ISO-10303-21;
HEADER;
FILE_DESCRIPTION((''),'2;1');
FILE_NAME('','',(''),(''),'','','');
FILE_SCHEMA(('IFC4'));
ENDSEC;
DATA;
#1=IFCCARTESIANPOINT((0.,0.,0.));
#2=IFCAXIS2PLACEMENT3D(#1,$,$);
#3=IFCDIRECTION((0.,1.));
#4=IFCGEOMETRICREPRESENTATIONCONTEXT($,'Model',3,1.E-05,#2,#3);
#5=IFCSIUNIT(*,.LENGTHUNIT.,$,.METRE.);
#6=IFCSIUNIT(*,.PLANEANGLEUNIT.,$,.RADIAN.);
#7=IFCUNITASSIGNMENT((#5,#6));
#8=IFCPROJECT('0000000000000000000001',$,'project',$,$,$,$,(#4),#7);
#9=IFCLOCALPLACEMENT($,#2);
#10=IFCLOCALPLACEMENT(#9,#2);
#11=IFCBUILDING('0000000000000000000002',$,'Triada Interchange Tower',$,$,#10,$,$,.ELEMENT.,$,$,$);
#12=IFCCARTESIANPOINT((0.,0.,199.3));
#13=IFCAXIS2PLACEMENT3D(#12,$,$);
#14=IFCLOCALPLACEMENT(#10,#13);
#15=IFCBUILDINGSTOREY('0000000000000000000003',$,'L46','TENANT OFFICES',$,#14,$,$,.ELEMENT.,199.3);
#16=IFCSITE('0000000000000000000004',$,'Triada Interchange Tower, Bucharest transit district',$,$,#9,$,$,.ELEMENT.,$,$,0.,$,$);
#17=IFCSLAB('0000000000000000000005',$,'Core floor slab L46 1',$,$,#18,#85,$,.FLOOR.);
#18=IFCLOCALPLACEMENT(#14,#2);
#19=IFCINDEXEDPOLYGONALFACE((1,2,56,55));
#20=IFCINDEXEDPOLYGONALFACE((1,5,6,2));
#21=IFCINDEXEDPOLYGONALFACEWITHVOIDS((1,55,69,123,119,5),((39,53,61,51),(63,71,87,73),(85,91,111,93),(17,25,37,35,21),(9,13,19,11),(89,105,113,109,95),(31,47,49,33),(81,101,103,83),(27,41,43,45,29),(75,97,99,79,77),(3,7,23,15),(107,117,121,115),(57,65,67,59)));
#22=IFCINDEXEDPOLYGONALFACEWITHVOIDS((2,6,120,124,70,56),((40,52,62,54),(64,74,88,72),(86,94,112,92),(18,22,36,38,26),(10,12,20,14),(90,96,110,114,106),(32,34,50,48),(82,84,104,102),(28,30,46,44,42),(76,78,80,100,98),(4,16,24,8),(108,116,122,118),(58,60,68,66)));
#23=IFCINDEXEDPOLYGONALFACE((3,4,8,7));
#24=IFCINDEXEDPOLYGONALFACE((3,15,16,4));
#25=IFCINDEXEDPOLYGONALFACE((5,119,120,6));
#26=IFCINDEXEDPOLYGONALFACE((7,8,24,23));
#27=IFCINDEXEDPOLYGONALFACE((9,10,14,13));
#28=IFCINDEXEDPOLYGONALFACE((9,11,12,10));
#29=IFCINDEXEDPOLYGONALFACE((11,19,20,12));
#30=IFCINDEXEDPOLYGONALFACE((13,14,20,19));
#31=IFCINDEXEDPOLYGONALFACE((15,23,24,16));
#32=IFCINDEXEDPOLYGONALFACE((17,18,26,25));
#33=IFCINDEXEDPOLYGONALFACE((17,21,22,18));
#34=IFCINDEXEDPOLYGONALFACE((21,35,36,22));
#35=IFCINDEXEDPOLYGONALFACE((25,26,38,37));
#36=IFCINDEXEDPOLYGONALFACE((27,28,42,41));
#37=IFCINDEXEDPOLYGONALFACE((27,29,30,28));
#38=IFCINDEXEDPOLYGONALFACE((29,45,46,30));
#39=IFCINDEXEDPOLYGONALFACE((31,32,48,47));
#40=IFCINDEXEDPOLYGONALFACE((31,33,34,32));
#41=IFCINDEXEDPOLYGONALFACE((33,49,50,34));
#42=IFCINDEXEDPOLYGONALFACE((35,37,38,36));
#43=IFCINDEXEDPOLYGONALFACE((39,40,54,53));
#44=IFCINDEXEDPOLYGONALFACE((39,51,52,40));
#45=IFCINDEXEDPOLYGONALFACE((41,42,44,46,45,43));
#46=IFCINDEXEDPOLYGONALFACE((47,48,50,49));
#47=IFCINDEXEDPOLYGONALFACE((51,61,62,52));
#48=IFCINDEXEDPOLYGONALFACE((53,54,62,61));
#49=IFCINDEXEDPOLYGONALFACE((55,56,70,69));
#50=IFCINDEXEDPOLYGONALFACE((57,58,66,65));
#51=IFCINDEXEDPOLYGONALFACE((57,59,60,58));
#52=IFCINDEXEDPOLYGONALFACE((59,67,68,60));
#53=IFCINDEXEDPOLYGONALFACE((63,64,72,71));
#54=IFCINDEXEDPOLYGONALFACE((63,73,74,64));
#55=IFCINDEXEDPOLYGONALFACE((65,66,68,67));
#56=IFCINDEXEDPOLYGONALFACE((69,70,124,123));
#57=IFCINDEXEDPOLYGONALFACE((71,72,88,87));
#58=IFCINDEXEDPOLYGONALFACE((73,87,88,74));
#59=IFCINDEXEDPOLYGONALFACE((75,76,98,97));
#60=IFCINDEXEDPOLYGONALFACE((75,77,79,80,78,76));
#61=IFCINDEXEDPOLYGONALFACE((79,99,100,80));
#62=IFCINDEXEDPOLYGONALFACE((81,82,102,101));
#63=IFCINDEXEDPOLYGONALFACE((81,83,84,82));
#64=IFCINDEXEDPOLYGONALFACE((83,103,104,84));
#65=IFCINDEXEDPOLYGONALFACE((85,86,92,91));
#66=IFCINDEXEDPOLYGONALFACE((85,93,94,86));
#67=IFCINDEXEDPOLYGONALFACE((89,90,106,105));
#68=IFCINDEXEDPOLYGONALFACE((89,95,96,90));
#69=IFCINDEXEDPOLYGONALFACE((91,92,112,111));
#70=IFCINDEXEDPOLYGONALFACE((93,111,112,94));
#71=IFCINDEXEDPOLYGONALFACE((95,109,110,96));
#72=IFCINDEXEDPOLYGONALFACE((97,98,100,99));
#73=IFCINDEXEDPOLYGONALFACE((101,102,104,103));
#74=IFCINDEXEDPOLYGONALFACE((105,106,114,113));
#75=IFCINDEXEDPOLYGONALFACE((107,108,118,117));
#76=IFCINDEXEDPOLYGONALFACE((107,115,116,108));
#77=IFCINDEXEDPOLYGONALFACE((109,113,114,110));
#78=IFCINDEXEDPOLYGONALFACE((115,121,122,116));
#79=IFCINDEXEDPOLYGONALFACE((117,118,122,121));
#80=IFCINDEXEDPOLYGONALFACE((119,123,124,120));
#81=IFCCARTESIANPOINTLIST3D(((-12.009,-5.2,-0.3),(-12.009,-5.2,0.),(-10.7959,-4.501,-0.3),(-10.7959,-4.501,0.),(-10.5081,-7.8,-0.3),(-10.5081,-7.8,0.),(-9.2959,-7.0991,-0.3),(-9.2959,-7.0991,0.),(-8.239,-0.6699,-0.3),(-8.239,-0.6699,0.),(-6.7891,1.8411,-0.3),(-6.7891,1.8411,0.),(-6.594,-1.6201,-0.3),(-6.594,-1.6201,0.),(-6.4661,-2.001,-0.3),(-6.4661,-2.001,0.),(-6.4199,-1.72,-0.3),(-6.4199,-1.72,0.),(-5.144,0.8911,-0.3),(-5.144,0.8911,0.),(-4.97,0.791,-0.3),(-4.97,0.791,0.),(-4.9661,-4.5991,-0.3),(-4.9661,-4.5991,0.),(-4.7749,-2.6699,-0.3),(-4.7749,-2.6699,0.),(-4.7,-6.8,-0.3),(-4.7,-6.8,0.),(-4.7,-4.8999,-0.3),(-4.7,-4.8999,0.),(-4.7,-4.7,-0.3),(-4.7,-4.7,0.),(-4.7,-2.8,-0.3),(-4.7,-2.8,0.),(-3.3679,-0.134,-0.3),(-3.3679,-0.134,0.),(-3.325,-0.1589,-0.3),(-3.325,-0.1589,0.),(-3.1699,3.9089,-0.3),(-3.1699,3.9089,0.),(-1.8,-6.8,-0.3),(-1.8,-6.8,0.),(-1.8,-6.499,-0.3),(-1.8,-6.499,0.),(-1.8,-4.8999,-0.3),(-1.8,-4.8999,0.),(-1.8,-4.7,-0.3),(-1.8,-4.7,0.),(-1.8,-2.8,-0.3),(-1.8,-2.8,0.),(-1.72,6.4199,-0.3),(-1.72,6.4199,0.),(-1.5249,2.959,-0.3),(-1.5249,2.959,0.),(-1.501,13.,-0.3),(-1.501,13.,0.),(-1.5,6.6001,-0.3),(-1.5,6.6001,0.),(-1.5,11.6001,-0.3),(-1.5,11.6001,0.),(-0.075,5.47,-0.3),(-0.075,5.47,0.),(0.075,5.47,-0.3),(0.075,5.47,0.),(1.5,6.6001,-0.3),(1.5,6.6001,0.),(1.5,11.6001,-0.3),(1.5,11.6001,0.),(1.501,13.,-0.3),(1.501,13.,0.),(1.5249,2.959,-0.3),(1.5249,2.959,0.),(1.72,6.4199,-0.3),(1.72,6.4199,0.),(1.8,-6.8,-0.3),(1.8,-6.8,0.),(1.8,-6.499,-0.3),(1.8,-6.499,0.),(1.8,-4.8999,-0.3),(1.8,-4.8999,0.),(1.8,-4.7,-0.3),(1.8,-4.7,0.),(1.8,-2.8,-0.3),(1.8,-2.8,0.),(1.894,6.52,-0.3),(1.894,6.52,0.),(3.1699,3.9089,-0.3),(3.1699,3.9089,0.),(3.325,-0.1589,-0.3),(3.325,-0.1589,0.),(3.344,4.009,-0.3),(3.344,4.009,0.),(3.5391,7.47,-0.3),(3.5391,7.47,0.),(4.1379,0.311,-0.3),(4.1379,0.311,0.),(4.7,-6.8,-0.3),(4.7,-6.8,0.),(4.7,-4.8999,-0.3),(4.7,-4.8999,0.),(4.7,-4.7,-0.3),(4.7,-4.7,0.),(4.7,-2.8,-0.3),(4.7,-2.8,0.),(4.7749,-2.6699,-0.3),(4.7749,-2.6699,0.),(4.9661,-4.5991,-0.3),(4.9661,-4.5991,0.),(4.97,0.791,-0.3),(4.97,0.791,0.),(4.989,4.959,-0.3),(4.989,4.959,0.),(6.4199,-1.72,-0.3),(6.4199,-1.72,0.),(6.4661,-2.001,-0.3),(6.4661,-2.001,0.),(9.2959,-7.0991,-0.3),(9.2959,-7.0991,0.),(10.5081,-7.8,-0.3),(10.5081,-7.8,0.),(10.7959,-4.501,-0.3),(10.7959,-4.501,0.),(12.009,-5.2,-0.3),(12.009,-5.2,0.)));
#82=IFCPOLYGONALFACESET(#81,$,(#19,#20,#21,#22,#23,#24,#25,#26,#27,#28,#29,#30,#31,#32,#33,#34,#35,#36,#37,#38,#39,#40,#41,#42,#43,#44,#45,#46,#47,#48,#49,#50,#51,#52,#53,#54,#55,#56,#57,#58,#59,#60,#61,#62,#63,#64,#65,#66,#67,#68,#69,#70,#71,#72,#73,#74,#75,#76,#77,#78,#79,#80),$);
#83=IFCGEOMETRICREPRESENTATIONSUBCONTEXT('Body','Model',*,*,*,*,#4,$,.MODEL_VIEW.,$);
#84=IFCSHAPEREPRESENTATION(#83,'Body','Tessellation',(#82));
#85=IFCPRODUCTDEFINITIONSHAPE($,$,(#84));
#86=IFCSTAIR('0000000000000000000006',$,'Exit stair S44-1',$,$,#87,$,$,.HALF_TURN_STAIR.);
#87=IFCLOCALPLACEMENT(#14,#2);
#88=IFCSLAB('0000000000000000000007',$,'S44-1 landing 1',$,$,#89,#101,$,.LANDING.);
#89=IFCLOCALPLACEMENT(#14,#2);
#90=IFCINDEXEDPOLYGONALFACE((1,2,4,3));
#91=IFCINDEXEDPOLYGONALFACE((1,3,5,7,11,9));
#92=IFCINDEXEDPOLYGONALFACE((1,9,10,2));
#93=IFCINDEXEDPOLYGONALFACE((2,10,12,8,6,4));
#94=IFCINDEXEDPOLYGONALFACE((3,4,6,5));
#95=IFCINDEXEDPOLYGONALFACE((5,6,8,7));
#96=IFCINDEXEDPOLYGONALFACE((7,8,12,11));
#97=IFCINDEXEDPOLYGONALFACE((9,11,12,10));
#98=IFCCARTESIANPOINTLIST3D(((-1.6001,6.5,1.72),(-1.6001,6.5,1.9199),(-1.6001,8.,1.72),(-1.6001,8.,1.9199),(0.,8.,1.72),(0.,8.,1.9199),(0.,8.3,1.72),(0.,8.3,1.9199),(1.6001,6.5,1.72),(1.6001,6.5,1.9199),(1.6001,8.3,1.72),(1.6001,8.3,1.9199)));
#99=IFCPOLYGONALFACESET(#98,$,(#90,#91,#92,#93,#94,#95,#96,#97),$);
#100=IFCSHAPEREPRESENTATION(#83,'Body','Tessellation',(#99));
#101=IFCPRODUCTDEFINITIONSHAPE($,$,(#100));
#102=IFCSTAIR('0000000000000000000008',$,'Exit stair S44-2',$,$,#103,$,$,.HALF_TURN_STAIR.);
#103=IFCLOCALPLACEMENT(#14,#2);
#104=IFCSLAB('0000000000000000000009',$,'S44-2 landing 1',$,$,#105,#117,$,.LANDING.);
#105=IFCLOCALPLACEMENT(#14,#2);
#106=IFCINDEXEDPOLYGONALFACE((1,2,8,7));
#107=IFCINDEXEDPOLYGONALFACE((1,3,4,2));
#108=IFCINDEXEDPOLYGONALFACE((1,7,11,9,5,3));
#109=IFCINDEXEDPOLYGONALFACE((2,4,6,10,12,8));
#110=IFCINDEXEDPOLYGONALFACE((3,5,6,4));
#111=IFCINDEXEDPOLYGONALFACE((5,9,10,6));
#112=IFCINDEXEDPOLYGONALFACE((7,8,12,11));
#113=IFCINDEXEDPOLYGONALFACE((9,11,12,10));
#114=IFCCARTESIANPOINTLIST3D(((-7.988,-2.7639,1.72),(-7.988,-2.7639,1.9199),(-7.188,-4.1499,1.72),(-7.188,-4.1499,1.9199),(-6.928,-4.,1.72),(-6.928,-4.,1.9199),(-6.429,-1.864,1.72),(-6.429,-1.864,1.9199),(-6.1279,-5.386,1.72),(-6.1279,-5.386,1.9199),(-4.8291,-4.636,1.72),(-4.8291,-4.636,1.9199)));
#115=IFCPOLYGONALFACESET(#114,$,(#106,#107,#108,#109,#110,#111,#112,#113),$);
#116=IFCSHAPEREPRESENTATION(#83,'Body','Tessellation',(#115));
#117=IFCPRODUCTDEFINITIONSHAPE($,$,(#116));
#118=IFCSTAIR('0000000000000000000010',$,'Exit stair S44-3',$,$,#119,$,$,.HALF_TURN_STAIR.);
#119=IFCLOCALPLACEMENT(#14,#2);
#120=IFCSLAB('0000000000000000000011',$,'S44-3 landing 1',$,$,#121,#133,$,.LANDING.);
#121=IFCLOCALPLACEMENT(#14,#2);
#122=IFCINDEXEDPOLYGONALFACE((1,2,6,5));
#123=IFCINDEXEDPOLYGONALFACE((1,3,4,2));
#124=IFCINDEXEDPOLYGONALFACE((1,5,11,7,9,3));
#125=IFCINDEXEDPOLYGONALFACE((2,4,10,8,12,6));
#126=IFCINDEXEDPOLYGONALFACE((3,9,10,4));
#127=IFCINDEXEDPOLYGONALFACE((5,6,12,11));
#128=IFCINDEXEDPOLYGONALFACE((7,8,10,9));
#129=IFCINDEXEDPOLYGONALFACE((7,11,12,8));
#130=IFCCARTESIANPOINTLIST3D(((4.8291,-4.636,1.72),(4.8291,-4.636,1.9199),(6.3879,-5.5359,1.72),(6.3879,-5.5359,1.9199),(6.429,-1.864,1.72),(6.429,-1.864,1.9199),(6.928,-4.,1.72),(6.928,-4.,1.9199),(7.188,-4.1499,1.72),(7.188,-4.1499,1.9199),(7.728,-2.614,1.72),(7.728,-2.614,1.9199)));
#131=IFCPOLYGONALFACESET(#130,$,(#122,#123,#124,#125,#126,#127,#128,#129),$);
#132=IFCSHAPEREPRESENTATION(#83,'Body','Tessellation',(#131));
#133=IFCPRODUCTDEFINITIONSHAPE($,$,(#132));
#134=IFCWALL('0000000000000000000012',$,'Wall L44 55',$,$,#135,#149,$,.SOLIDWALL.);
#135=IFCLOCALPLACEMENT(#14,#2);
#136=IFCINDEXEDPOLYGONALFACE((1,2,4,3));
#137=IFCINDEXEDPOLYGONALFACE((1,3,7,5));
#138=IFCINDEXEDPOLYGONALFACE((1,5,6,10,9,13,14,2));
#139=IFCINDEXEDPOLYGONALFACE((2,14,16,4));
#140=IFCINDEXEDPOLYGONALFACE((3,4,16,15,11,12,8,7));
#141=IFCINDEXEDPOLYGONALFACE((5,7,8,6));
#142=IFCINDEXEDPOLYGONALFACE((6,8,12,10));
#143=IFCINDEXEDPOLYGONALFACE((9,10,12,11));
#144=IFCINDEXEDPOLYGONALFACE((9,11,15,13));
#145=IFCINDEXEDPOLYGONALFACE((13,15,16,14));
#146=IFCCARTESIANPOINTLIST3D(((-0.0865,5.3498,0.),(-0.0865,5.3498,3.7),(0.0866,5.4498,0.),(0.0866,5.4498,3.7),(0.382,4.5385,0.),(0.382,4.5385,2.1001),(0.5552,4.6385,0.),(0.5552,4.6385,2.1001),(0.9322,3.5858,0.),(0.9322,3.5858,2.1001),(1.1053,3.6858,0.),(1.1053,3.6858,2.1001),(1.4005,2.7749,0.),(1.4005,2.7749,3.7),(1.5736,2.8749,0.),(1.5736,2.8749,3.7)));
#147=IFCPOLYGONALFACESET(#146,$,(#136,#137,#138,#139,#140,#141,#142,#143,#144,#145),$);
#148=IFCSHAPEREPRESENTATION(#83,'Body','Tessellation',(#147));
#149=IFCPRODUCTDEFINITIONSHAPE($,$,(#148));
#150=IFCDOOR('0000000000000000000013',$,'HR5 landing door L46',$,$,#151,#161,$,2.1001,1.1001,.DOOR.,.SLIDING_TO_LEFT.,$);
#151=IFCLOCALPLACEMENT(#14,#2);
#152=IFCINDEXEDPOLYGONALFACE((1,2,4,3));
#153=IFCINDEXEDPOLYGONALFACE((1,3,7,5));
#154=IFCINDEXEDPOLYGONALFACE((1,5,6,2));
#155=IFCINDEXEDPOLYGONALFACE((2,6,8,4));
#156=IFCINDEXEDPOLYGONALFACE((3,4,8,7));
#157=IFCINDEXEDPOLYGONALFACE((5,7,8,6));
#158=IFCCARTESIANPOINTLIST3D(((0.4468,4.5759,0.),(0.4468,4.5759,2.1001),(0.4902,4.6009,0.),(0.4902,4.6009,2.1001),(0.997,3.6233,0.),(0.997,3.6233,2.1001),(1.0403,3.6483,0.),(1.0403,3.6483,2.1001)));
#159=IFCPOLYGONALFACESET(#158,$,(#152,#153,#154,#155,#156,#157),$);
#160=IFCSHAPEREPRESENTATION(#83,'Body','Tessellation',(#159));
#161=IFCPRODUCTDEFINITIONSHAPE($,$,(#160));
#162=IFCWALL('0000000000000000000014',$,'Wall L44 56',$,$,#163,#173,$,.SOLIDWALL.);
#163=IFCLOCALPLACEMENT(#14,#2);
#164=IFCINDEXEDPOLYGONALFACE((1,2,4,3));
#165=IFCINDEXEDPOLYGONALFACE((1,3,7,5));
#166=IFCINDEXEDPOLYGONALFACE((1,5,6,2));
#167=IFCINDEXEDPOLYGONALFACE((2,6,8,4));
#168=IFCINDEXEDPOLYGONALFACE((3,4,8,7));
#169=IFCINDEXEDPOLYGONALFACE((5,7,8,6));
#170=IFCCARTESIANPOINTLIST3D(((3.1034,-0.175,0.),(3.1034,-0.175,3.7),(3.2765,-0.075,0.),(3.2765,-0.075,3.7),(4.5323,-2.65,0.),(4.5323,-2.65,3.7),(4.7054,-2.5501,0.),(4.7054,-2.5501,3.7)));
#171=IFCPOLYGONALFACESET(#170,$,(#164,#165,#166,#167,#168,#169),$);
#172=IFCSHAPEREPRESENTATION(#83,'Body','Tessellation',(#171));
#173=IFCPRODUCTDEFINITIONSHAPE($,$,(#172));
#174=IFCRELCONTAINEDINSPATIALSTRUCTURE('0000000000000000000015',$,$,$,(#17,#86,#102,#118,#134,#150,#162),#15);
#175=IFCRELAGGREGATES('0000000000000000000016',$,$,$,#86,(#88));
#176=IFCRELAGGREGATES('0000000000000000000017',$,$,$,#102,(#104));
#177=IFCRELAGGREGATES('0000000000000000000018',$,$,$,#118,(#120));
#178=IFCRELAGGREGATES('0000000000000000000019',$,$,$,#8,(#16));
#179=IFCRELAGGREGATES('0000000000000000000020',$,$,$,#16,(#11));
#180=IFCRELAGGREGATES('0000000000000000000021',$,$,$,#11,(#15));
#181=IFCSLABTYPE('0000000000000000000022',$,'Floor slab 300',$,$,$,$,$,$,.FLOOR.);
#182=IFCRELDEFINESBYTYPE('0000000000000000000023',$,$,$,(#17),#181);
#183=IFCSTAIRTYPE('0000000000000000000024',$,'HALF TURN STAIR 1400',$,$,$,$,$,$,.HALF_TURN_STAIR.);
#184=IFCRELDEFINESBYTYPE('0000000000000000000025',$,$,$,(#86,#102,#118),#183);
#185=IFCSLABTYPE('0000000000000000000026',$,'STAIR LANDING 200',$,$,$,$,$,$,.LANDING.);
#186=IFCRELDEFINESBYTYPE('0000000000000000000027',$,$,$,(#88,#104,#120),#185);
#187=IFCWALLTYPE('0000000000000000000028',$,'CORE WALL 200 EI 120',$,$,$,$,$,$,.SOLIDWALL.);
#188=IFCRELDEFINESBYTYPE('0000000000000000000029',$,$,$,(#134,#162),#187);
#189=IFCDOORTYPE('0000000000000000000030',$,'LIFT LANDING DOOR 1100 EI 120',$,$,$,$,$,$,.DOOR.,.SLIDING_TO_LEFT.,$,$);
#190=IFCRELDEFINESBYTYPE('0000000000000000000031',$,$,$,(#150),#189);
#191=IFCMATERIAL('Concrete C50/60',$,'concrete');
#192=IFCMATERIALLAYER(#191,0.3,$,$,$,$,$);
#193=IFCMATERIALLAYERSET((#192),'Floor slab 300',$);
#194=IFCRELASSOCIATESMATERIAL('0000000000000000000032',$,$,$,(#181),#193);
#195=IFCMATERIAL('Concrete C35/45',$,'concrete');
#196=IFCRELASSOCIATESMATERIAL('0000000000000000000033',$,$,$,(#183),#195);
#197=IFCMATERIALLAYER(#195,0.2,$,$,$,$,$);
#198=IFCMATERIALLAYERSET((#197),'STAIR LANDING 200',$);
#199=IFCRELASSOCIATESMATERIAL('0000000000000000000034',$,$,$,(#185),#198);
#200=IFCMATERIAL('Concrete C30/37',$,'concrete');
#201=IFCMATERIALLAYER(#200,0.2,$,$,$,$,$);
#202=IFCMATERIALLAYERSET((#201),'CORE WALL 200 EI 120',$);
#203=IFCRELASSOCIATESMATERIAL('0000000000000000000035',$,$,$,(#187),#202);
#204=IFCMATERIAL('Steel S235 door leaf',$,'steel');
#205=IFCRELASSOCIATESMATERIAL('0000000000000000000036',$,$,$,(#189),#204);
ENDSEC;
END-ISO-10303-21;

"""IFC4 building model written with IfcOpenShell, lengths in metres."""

from ifc_helpers import new_model, si_unit, direction, frame, frame_2d, origin, place, context, subcontext, project, spatial, polyline, rectangle, outline, extrude, material, layer, layer_set, type_object, element, fill, aggregate, save


model = new_model("IFC4")

# Units and contexts
model_context = context("Model", 3, precision=1e-05, world=origin(), true_north=direction((0.0, 1.0)))
body_context = subcontext(model_context, "Body", "Model", "MODEL_VIEW")
ifc_project = project(units=[si_unit("LENGTHUNIT", "METRE"), si_unit("PLANEANGLEUNIT", "RADIAN")], contexts=[model_context])

# Site, building, storey
site_placement = place(None, origin())
site = spatial("IfcSite", under=ifc_project, at=site_placement, Name="Triada Interchange Tower, Bucharest transit district", CompositionType="ELEMENT", RefElevation=0.0)
building_placement = place(site_placement, origin())
building = spatial("IfcBuilding", under=site, at=building_placement, Name="Triada Interchange Tower", CompositionType="ELEMENT")
storey_placement = place(building_placement, frame((0.0, 0.0, 199.3)))
storey = spatial("IfcBuildingStorey", under=building, at=storey_placement, Name="L46", Description="TENANT OFFICES", CompositionType="ELEMENT", Elevation=199.3)

# Slab
ifc_material_1 = material(Name="Concrete C50/60", Category="concrete")
ifc_layer_1 = layer(ifc_material_1, 0.3)
ifc_layer_set_1 = layer_set([ifc_layer_1], Name="Floor slab 300")
slab_type_1 = type_object("IfcSlabType", Name="Floor slab 300", PredefinedType="FLOOR", material=ifc_layer_set_1)
slab_1_placement = place(storey_placement, frame((0.0, 0.0, -0.3)))
element("IfcSlab", 1, at=slab_1_placement, inside=storey, type_object=slab_type_1, Name="Core floor slab L46 1", PredefinedType="FLOOR", context=body_context, shape_type="SweptSolid", body=[
    extrude(outline(polyline([(12.009, -5.2), (10.5081, -7.8), (-10.5081, -7.8), (-12.009, -5.2), (-1.501, 13.0), (1.501, 13.0), (12.009, -5.2)]), holes=[polyline([(9.2959, -7.0991), (10.7959, -4.501), (6.4661, -2.001), (4.9661, -4.5991), (9.2959, -7.0991)]), polyline([(4.7749, -2.6699), (6.4199, -1.72), (4.97, 0.791), (4.1379, 0.311), (3.325, -0.1589), (4.7749, -2.6699)]), polyline([(1.894, 6.52), (3.344, 4.009), (4.989, 4.959), (3.5391, 7.47), (1.894, 6.52)]), polyline([(1.8, -4.8999), (1.8, -6.499), (1.8, -6.8), (4.7, -6.8), (4.7, -4.8999), (1.8, -4.8999)]), polyline([(4.7, -2.8), (1.8, -2.8), (1.8, -4.7), (4.7, -4.7), (4.7, -2.8)]), polyline([(0.075, 5.47), (1.5249, 2.959), (3.1699, 3.9089), (1.72, 6.4199), (0.075, 5.47)]), polyline([(-1.5, 11.6001), (-1.5, 6.6001), (1.5, 6.6001), (1.5, 11.6001), (-1.5, 11.6001)]), polyline([(-1.5249, 2.959), (-0.075, 5.47), (-1.72, 6.4199), (-3.1699, 3.9089), (-1.5249, 2.959)]), polyline([(-1.8, -2.8), (-4.7, -2.8), (-4.7, -4.7), (-1.8, -4.7), (-1.8, -2.8)]), polyline([(-4.7, -6.8), (-1.8, -6.8), (-1.8, -6.499), (-1.8, -4.8999), (-4.7, -4.8999), (-4.7, -6.8)]), polyline([(-3.3679, -0.134), (-4.97, 0.791), (-6.4199, -1.72), (-4.7749, -2.6699), (-3.325, -0.1589), (-3.3679, -0.134)]), polyline([(-10.7959, -4.501), (-9.2959, -7.0991), (-4.9661, -4.5991), (-6.4661, -2.001), (-10.7959, -4.501)]), polyline([(-6.594, -1.6201), (-5.144, 0.8911), (-6.7891, 1.8411), (-8.239, -0.6699), (-6.594, -1.6201)])]), origin(), (0.0, 0.0, 1.0), 0.3),
])

# Stairs, slabs
ifc_material_2 = material(Name="Concrete C35/45", Category="concrete")
stair_type = type_object("IfcStairType", Name="HALF TURN STAIR 1400", PredefinedType="HALF_TURN_STAIR", material=ifc_material_2)
stair_1_placement = place(storey_placement, origin())
stair_1 = element("IfcStair", 2, at=stair_1_placement, inside=storey, type_object=stair_type, Name="Exit stair S44-1", PredefinedType="HALF_TURN_STAIR")
ifc_layer_2 = layer(ifc_material_2, 0.2)
ifc_layer_set_2 = layer_set([ifc_layer_2], Name="STAIR LANDING 200")
slab_type_2 = type_object("IfcSlabType", Name="STAIR LANDING 200", PredefinedType="LANDING", material=ifc_layer_set_2)
slab_2_placement = place(storey_placement, frame((0.0, 0.0, 1.72)))
slab_2 = element("IfcSlab", 3, at=slab_2_placement, type_object=slab_type_2, Name="S44-1 landing 1", PredefinedType="LANDING", context=body_context, shape_type="SweptSolid", body=[
    extrude(outline(polyline([(1.6001, 6.5), (1.6001, 8.3), (0.0, 8.3), (0.0, 8.0), (-1.6001, 8.0), (-1.6001, 6.5), (1.6001, 6.5)])), origin(), (0.0, 0.0, 1.0), 0.2),
])
aggregate(stair_1, [slab_2])
stair_2_placement = place(storey_placement, origin())
stair_2 = element("IfcStair", 4, at=stair_2_placement, inside=storey, type_object=stair_type, Name="Exit stair S44-2", PredefinedType="HALF_TURN_STAIR")
slab_3_placement = place(storey_placement, frame((0.0, 0.0, 1.72)))
slab_3 = element("IfcSlab", 5, at=slab_3_placement, type_object=slab_type_2, Name="S44-2 landing 1", PredefinedType="LANDING", context=body_context, shape_type="SweptSolid", body=[
    extrude(outline(polyline([(-6.429, -1.864), (-7.988, -2.7639), (-7.188, -4.1499), (-6.928, -4.0), (-6.1279, -5.386), (-4.8291, -4.636), (-6.429, -1.864)])), origin(), (0.0, 0.0, 1.0), 0.2),
])
aggregate(stair_2, [slab_3])
stair_3_placement = place(storey_placement, origin())
stair_3 = element("IfcStair", 6, at=stair_3_placement, inside=storey, type_object=stair_type, Name="Exit stair S44-3", PredefinedType="HALF_TURN_STAIR")
slab_4_placement = place(storey_placement, frame((0.0, 0.0, 1.72)))
slab_4 = element("IfcSlab", 7, at=slab_4_placement, type_object=slab_type_2, Name="S44-3 landing 1", PredefinedType="LANDING", context=body_context, shape_type="SweptSolid", body=[
    extrude(outline(polyline([(4.8291, -4.636), (6.3879, -5.5359), (7.188, -4.1499), (6.928, -4.0), (7.728, -2.614), (6.429, -1.864), (4.8291, -4.636)])), origin(), (0.0, 0.0, 1.0), 0.2),
])
aggregate(stair_3, [slab_4])

# Wall, opening, door
ifc_material_3 = material(Name="Concrete C30/37", Category="concrete")
ifc_layer_3 = layer(ifc_material_3, 0.2)
ifc_layer_set_3 = layer_set([ifc_layer_3], Name="CORE WALL 200 EI 120")
wall_type_1 = type_object("IfcWallType", Name="CORE WALL 200 EI 120", PredefinedType="SOLIDWALL", material=ifc_layer_set_3)
wall_1_placement = place(storey_placement, frame((0.0, 5.3999, 0.0), z_axis=(0.0, 0.0, 1.0), x_axis=(0.500104, -0.865965, 0.0)))
wall_1 = element("IfcWall", 8, at=wall_1_placement, inside=storey, type_object=wall_type_1, Name="Wall L44 55", PredefinedType="SOLIDWALL", context=body_context, shape_type="SweptSolid", body=[
    extrude(rectangle(XDim=2.9734, YDim=0.2, at=frame_2d((1.4868, 0.0))), origin(), (0.0, 0.0, 1.0), 3.7),
])
opening_1_placement = place(wall_1_placement, frame((0.937, 0.0, 0.0)))
opening_1 = element("IfcOpeningElement", 9, at=opening_1_placement, cuts=wall_1, PredefinedType="OPENING", context=body_context, shape_type="SweptSolid", body=[
    extrude(rectangle(XDim=1.1001, YDim=2.1001, at=frame_2d((0.55, 1.05))), frame((0.0, 0.1099, 0.0), z_axis=(0.0, -1.0, 0.0), x_axis=(1.0, 0.0, 0.0)), (0.0, 0.0, 1.0), 0.22),
])
ifc_material_4 = material(Name="Steel S235 door leaf", Category="steel")
door_type_1 = type_object("IfcDoorType", Name="LIFT LANDING DOOR 1100 EI 120", OperationType="SLIDING_TO_LEFT", PredefinedType="DOOR", material=ifc_material_4)
door_1_placement = place(opening_1_placement, origin())
door_1 = element("IfcDoor", 10, at=door_1_placement, inside=storey, type_object=door_type_1, Name="HR5 landing door L46", OperationType="SLIDING_TO_LEFT", OverallHeight=2.1001, OverallWidth=1.1001, PredefinedType="DOOR", context=body_context, shape_type="SweptSolid", body=[
    extrude(rectangle(XDim=1.1001, YDim=2.1001, at=frame_2d((0.55, 1.05))), frame((0.0, 0.0249, 0.0), z_axis=(0.0, -1.0, 0.0), x_axis=(1.0, 0.0, 0.0)), (0.0, 0.0, 1.0), 0.05),
])
fill(opening_1, door_1)

# Wall
wall_2_placement = place(storey_placement, frame((3.1899, -0.125, 0.0), z_axis=(0.0, 0.0, 1.0), x_axis=(0.499989, -0.866032, 0.0)))
element("IfcWall", 11, at=wall_2_placement, inside=storey, type_object=wall_type_1, Name="Wall L44 56", PredefinedType="SOLIDWALL", context=body_context, shape_type="SweptSolid", body=[
    extrude(rectangle(XDim=2.8579, YDim=0.2, at=frame_2d((1.429, 0.0))), origin(), (0.0, 0.0, 1.0), 3.7),
])

save(model, "model.ifc")
